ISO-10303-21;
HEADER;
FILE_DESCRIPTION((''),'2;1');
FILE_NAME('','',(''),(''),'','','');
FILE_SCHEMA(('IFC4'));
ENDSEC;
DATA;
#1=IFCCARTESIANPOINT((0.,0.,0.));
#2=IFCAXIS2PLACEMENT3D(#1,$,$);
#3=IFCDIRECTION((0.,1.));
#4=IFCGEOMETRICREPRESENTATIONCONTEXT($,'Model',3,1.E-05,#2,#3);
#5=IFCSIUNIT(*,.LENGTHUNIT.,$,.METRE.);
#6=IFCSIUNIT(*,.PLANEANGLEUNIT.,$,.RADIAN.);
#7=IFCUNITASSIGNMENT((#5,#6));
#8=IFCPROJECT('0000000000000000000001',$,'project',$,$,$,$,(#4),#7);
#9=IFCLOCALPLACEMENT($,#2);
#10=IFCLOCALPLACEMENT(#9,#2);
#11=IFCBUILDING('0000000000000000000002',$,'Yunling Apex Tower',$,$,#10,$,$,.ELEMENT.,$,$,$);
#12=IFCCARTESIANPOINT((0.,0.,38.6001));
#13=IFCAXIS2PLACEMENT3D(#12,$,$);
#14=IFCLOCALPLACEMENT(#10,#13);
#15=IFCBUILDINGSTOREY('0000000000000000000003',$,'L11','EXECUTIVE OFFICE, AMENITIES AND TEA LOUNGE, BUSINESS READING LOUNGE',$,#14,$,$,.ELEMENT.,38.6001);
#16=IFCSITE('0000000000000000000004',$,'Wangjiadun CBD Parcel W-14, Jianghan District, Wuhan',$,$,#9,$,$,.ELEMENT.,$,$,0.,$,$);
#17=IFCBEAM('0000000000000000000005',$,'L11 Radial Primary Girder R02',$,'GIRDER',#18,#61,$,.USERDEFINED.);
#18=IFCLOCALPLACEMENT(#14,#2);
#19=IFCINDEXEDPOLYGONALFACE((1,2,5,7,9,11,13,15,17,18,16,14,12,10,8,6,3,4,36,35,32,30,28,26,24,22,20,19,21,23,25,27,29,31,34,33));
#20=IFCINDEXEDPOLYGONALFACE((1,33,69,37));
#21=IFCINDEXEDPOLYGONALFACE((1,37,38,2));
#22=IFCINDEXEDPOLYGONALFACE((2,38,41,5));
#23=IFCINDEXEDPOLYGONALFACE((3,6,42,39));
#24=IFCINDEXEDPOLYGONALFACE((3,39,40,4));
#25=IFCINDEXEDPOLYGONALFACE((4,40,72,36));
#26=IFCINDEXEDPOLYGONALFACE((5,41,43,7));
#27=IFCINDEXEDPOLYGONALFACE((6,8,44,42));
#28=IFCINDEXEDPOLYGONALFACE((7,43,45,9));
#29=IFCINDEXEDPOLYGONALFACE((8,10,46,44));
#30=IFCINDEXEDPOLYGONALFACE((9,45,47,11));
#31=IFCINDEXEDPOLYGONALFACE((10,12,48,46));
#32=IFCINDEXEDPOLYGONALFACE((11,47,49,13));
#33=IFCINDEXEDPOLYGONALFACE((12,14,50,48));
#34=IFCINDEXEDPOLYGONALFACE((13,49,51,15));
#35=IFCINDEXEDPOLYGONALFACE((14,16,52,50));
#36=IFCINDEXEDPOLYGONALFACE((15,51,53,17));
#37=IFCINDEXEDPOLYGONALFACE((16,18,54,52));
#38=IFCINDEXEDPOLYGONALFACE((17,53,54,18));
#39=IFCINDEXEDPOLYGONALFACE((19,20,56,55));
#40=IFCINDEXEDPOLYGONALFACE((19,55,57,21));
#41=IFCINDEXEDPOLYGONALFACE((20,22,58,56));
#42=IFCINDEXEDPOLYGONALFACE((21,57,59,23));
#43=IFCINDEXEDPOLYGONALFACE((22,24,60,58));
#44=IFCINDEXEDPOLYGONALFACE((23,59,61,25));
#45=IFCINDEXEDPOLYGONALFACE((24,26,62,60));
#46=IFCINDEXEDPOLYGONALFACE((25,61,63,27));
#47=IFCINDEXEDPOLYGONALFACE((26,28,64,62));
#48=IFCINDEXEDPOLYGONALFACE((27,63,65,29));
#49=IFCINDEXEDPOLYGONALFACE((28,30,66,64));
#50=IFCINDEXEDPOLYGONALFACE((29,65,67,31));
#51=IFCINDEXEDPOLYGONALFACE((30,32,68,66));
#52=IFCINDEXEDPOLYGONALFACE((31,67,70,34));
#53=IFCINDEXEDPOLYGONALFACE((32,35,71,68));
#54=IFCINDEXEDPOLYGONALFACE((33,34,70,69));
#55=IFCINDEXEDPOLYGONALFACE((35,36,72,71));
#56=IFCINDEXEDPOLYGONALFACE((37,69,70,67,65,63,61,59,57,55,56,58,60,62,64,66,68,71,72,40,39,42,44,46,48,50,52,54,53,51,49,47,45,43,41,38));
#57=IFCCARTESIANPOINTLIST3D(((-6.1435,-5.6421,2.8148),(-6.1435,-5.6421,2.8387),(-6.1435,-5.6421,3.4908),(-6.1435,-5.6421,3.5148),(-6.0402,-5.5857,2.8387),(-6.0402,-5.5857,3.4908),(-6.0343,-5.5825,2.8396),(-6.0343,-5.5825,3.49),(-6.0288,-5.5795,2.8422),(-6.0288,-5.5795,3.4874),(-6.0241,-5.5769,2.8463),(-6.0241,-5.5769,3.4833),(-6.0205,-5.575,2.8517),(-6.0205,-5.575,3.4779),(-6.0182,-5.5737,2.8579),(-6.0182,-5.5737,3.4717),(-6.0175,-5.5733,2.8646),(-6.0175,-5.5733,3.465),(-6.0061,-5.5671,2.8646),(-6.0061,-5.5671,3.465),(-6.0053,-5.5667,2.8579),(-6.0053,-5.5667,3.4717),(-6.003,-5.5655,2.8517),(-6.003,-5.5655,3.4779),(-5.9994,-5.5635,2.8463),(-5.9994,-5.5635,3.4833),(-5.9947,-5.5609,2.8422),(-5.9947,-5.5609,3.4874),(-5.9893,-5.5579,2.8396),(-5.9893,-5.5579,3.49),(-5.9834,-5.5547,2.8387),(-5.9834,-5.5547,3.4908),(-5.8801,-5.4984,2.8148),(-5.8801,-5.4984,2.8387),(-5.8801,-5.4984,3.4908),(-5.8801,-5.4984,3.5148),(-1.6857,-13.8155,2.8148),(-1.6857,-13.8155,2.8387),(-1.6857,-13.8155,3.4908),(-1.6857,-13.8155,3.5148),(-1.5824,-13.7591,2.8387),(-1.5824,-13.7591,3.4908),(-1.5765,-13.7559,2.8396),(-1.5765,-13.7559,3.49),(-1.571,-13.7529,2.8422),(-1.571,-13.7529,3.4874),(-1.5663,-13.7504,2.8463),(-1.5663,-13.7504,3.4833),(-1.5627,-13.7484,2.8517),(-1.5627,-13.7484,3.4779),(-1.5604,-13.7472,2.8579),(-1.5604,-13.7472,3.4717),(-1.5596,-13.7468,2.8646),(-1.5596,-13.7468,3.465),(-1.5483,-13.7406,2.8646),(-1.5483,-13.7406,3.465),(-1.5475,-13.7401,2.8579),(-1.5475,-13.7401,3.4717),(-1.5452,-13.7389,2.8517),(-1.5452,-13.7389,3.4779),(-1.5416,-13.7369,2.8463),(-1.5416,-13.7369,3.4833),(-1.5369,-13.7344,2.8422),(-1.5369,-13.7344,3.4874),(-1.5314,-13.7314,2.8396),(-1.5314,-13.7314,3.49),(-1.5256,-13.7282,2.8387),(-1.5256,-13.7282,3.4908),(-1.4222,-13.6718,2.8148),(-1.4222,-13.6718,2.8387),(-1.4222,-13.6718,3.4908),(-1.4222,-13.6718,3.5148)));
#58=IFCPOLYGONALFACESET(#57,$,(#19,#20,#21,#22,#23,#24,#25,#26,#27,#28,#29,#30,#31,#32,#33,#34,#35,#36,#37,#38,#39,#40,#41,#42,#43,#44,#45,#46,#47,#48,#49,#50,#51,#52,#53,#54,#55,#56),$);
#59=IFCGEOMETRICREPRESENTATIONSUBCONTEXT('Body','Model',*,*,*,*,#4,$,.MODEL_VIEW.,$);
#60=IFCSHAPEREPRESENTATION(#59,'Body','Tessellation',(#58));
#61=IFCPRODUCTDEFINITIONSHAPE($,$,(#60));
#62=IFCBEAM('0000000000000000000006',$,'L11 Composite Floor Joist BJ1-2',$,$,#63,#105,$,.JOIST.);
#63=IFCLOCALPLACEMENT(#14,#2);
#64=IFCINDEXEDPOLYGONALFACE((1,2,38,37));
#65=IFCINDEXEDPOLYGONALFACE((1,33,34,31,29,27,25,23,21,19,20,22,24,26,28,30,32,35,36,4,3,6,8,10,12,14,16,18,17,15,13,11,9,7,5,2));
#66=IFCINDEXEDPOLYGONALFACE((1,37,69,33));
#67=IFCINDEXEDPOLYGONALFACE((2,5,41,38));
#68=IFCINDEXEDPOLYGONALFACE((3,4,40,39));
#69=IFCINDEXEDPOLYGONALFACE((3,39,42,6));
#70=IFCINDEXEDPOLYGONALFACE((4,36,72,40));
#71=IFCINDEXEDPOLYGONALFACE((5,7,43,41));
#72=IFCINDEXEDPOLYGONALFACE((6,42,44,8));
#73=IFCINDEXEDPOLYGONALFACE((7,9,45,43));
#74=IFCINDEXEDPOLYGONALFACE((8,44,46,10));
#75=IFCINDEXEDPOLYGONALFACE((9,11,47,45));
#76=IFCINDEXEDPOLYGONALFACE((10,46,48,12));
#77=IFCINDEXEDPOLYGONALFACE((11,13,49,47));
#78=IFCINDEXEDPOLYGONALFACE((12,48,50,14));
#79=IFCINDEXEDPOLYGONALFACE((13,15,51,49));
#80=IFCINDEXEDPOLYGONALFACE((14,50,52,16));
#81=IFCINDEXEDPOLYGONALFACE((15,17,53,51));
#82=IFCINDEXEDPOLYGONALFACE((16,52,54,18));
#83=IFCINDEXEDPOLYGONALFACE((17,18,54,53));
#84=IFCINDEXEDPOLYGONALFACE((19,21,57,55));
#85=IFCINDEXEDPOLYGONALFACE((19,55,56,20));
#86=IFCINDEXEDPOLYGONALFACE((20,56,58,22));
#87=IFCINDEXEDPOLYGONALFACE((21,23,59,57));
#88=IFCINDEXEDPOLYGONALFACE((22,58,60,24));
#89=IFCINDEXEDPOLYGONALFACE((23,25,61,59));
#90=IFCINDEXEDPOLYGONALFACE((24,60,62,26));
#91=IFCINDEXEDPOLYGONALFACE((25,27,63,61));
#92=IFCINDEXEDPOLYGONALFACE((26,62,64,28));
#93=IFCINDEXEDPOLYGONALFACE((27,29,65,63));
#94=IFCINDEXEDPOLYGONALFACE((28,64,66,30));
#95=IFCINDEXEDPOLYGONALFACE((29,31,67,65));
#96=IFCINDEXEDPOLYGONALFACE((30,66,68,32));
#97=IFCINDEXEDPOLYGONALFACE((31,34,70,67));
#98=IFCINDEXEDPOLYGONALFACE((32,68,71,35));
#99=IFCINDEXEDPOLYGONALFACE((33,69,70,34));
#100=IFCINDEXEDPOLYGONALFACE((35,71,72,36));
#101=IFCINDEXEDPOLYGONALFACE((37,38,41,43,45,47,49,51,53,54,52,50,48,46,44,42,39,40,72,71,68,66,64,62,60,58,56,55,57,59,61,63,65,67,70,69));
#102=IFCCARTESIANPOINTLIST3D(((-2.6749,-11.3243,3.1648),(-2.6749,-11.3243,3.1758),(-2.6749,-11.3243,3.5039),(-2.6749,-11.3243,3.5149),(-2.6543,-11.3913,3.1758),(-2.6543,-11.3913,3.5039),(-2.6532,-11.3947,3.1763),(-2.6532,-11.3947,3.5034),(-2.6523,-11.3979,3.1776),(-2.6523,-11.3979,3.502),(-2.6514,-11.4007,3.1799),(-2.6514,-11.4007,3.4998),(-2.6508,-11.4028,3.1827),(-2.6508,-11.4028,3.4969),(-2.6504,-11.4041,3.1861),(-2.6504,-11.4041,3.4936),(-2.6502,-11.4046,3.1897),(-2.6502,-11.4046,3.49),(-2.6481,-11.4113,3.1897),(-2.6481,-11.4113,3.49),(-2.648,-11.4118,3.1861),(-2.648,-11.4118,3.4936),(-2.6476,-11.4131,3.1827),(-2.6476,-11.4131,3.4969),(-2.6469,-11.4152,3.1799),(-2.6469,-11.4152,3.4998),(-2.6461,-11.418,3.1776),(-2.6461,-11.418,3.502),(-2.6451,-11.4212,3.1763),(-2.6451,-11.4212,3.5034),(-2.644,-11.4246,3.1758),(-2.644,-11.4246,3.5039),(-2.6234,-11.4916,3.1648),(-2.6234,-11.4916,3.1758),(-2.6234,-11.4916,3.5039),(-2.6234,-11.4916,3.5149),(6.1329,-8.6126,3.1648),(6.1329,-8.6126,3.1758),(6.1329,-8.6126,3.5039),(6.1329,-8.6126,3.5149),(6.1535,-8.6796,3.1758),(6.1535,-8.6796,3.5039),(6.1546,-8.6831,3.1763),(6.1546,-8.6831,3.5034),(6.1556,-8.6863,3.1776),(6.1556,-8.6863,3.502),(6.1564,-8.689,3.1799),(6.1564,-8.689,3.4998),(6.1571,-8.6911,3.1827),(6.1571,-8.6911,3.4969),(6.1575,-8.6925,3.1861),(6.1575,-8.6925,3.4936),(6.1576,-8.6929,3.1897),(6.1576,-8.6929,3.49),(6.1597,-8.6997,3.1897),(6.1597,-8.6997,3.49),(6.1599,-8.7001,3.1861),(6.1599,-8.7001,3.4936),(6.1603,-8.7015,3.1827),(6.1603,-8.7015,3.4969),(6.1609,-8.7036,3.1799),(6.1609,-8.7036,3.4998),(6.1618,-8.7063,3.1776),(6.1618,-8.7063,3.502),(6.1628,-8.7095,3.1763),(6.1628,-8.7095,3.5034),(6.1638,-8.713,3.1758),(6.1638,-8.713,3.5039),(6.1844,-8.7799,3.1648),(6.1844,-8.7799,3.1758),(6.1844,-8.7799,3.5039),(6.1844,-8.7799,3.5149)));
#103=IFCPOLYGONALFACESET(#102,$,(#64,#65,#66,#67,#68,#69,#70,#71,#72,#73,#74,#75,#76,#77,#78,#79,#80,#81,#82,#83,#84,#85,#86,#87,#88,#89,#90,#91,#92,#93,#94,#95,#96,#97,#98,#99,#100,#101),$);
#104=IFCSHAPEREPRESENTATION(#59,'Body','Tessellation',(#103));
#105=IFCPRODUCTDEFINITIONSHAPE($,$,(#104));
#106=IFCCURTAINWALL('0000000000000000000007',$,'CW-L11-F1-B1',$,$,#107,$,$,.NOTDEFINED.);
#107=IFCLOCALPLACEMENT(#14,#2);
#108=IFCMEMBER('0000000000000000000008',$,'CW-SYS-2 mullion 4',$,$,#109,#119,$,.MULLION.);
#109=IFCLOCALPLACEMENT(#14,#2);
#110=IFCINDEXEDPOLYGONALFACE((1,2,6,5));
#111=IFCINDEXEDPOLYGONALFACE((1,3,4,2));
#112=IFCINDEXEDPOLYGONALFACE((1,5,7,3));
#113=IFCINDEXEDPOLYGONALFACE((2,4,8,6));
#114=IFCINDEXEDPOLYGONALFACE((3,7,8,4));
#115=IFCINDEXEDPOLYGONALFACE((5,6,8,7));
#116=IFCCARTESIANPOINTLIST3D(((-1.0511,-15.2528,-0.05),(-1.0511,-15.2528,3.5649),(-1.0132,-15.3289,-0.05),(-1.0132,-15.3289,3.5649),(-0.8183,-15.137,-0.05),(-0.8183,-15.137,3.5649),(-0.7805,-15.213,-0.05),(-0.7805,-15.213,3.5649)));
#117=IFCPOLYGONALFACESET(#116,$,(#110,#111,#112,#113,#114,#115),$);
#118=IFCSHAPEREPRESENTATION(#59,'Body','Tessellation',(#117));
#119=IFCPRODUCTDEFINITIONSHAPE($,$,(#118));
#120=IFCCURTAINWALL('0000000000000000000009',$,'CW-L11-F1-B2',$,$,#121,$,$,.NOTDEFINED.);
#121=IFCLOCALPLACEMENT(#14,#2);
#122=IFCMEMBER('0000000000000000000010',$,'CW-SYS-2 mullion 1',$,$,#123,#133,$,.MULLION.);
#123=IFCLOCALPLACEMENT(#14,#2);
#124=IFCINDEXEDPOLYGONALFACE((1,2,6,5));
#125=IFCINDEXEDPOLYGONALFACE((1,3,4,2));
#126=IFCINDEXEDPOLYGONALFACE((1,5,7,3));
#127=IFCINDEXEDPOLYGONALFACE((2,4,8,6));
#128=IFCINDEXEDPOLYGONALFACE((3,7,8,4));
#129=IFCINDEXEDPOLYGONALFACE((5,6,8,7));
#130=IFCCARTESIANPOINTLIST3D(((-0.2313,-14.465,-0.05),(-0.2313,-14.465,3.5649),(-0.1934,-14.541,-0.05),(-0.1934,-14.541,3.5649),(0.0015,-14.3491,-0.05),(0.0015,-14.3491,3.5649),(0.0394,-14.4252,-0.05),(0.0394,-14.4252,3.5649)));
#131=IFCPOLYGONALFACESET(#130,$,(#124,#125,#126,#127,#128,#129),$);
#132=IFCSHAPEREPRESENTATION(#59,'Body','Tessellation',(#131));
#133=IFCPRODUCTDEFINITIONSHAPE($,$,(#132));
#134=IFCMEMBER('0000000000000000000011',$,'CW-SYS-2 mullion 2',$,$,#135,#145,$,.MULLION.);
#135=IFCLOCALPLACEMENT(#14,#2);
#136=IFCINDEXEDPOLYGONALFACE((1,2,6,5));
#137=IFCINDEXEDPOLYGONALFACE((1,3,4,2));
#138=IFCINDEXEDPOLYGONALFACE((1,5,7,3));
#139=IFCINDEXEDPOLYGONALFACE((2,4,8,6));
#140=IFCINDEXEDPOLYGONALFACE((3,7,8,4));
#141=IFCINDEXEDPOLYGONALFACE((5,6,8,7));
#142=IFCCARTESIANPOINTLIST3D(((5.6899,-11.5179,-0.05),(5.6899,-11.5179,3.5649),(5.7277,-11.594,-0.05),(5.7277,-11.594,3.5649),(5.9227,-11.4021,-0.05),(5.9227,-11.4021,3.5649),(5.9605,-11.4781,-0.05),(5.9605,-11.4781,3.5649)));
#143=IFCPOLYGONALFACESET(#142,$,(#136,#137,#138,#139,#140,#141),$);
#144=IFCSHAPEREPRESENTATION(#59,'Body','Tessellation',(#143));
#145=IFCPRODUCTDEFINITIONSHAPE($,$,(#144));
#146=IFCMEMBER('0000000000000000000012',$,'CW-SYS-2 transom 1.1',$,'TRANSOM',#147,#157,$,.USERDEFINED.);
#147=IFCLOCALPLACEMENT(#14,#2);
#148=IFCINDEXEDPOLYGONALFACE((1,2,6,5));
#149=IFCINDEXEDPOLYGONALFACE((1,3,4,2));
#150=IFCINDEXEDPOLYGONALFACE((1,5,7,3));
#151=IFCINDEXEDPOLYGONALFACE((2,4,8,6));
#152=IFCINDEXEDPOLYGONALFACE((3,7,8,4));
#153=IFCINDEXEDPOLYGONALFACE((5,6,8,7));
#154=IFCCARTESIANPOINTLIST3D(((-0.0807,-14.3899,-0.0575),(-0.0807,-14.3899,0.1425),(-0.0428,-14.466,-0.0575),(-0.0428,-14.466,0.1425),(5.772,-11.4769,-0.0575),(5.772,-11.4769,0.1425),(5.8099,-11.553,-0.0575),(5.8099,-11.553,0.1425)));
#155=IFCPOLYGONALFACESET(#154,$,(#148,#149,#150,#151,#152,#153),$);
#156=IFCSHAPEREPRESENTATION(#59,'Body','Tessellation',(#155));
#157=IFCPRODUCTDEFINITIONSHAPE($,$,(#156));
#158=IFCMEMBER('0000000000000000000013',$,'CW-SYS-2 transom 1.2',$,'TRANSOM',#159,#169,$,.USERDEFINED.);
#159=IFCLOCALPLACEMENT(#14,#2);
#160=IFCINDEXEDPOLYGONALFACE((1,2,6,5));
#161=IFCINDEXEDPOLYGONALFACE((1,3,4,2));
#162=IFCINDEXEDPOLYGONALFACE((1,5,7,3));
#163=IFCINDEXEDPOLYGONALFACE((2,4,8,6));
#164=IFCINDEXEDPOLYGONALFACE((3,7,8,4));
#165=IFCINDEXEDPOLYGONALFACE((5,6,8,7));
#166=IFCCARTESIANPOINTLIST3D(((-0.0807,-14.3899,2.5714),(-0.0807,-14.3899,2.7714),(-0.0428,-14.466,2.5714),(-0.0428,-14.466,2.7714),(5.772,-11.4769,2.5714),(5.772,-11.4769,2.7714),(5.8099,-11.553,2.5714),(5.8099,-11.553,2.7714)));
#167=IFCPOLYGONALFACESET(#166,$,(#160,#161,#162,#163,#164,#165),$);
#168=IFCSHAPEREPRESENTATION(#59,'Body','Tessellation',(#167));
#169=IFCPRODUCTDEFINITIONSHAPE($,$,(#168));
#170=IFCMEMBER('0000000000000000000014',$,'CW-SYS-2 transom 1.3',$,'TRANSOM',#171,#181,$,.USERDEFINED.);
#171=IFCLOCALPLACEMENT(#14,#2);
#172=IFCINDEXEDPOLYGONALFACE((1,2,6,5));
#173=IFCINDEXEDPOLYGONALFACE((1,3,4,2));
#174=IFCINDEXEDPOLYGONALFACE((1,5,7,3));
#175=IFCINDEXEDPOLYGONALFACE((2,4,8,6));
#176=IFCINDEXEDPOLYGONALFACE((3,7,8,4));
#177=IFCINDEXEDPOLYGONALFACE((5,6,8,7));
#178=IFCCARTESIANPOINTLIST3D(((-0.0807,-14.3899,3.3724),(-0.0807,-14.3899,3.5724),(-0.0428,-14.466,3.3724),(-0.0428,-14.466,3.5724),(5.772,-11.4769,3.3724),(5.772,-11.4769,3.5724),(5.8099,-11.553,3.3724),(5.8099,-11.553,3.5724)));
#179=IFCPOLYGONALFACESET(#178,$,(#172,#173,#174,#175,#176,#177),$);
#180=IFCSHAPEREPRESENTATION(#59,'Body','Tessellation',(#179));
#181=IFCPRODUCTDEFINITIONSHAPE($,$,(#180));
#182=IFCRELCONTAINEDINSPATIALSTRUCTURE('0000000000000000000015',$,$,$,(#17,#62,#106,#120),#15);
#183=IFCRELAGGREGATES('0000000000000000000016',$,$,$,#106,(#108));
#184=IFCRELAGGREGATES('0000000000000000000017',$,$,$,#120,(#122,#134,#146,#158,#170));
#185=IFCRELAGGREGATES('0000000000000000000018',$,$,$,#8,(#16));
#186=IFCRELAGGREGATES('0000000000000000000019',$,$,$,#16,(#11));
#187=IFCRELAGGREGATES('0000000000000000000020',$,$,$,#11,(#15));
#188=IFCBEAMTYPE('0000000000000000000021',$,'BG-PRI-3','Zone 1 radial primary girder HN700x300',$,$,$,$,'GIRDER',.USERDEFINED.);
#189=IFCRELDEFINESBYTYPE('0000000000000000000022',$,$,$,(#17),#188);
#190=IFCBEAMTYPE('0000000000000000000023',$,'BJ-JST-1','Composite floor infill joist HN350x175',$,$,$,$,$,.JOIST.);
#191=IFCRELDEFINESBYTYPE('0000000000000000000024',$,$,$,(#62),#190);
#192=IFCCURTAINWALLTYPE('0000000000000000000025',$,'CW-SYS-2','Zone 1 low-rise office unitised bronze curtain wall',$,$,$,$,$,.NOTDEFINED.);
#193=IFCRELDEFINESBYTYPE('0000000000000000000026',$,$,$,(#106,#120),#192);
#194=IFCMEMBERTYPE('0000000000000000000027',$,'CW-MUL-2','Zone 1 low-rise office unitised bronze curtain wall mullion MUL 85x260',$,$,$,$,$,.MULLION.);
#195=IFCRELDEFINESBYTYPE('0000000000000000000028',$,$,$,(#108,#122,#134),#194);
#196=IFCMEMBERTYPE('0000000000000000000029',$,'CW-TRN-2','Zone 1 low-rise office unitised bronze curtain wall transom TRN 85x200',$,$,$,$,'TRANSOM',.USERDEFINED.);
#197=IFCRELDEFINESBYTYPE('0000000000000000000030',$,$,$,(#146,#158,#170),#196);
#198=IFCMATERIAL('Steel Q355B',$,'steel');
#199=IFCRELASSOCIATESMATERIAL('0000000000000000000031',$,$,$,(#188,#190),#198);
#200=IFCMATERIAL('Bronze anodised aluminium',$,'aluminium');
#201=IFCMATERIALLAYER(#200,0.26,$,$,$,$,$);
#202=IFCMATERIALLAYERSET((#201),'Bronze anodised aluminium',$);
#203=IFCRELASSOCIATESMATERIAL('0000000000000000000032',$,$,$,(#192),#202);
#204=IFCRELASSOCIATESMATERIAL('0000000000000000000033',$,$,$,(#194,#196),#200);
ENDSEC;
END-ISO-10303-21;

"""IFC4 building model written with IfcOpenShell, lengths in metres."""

from ifc_helpers import new_model, si_unit, direction, frame, origin, origin_2d, place, context, subcontext, project, spatial, rectangle, i_section, extrude, source, transform, mapped, material, layer, layer_set, material_profile, profile_set, type_object, element, aggregate, save


model = new_model("IFC4")

# Units and contexts
model_context = context("Model", 3, precision=1e-05, world=origin(), true_north=direction((0.0, 1.0)))
body_context = subcontext(model_context, "Body", "Model", "MODEL_VIEW")
ifc_project = project(units=[si_unit("LENGTHUNIT", "METRE"), si_unit("PLANEANGLEUNIT", "RADIAN")], contexts=[model_context])

# Site, building, storey
site_placement = place(None, origin())
site = spatial("IfcSite", under=ifc_project, at=site_placement, Name="Wangjiadun CBD Parcel W-14, Jianghan District, Wuhan", CompositionType="ELEMENT", RefElevation=0.0)
building_placement = place(site_placement, origin())
building = spatial("IfcBuilding", under=site, at=building_placement, Name="Yunling Apex Tower", CompositionType="ELEMENT")
storey_placement = place(building_placement, frame((0.0, 0.0, 38.6001)))
storey = spatial("IfcBuildingStorey", under=building, at=storey_placement, Name="L11", Description="EXECUTIVE OFFICE, AMENITIES AND TEA LOUNGE, BUSINESS READING LOUNGE", CompositionType="ELEMENT", Elevation=38.6001)

# Beams
ifc_material_1 = material(Name="Steel Q355B", Category="steel")
ifc_material_profile_1 = material_profile(ifc_material_1, i_section(OverallWidth=0.3, OverallDepth=0.7, WebThickness=0.0129, FlangeThickness=0.0239, FilletRadius=0.0259, at=origin_2d()))
ifc_profile_set_1 = profile_set([ifc_material_profile_1], Name="Steel Q355B")
beam_type_1 = type_object("IfcBeamType", Name="BG-PRI-3", Description="Zone 1 radial primary girder HN700x300", ElementType="GIRDER", PredefinedType="USERDEFINED", material=ifc_profile_set_1)
shared_shape_1 = source(origin(), body_context, "Body", "SweptSolid", [
    extrude(i_section(OverallWidth=0.3, OverallDepth=0.7, WebThickness=0.0129, FlangeThickness=0.0239, FilletRadius=0.0259, at=origin_2d()), origin(), (0.0, 0.0, 1.0), 9.3101),
])
beam_1_placement = place(storey_placement, frame((-1.554, -13.7437, 3.1648), z_axis=(-0.478817, 0.877915, 0.0), x_axis=(-0.877915, -0.478817, 0.0)))
element("IfcBeam", 1, at=beam_1_placement, inside=storey, type_object=beam_type_1, Name="L11 Radial Primary Girder R02", ObjectType="GIRDER", PredefinedType="USERDEFINED", context=body_context, shape_type="MappedRepresentation", body=[
    mapped(shared_shape_1, transform((0.0, 0.0, 0.0), scale=1.0)),
])
ifc_material_profile_2 = material_profile(ifc_material_1, i_section(OverallWidth=0.175, OverallDepth=0.3501, WebThickness=0.0071, FlangeThickness=0.011, FilletRadius=0.0139, at=origin_2d()))
ifc_profile_set_2 = profile_set([ifc_material_profile_2], Name="Steel Q355B")
beam_type_2 = type_object("IfcBeamType", Name="BJ-JST-1", Description="Composite floor infill joist HN350x175", PredefinedType="JOIST", material=ifc_profile_set_2)
shared_shape_2 = source(origin(), body_context, "Body", "SweptSolid", [
    extrude(i_section(OverallWidth=0.175, OverallDepth=0.3501, WebThickness=0.0071, FlangeThickness=0.011, FilletRadius=0.0139, at=origin_2d()), origin(), (0.0, 0.0, 1.0), 9.2158),
])
beam_2_placement = place(storey_placement, frame((-2.6492, -11.408, 3.3398), z_axis=(0.955731, 0.29424, 0.0), x_axis=(-0.29424, 0.955731, 0.0)))
element("IfcBeam", 2, at=beam_2_placement, inside=storey, type_object=beam_type_2, Name="L11 Composite Floor Joist BJ1-2", PredefinedType="JOIST", context=body_context, shape_type="MappedRepresentation", body=[
    mapped(shared_shape_2, transform((0.0, 0.0, 0.0), scale=1.0)),
])

# Curtain wall, member
ifc_material_2 = material(Name="Bronze anodised aluminium", Category="aluminium")
ifc_layer_1 = layer(ifc_material_2, 0.26)
ifc_layer_set_1 = layer_set([ifc_layer_1], Name="Bronze anodised aluminium")
curtain_wall_type = type_object("IfcCurtainWallType", Name="CW-SYS-2", Description="Zone 1 low-rise office unitised bronze curtain wall", PredefinedType="NOTDEFINED", material=ifc_layer_set_1)
curtain_wall_1_placement = place(storey_placement, origin())
curtain_wall_1 = element("IfcCurtainWall", 3, at=curtain_wall_1_placement, inside=storey, type_object=curtain_wall_type, Name="CW-L11-F1-B1", PredefinedType="NOTDEFINED")
ifc_material_profile_3 = material_profile(ifc_material_2, rectangle(XDim=0.085, YDim=0.26, at=origin_2d()))
ifc_profile_set_3 = profile_set([ifc_material_profile_3], Name="Bronze anodised aluminium")
member_type_1 = type_object("IfcMemberType", Name="CW-MUL-2", Description="Zone 1 low-rise office unitised bronze curtain wall mullion MUL 85x260", PredefinedType="MULLION", material=ifc_profile_set_3)
shared_shape_3 = source(origin(), body_context, "Body", "SweptSolid", [
    extrude(rectangle(XDim=0.085, YDim=0.26, at=origin_2d()), origin(), (0.0, 0.0, 1.0), 3.615),
])
member_1_placement = place(storey_placement, frame((-0.9158, -15.2329, -0.05), z_axis=(0.0, 0.0, 1.0), x_axis=(-0.445571, 0.895247, 0.0)))
member_1 = element("IfcMember", 4, at=member_1_placement, type_object=member_type_1, Name="CW-SYS-2 mullion 4", PredefinedType="MULLION", context=body_context, shape_type="MappedRepresentation", body=[
    mapped(shared_shape_3, transform((0.0, 0.0, 0.0), scale=1.0)),
])

# Curtain wall, members
curtain_wall_2_placement = place(storey_placement, origin())
curtain_wall_2 = element("IfcCurtainWall", 5, at=curtain_wall_2_placement, inside=storey, type_object=curtain_wall_type, Name="CW-L11-F1-B2", PredefinedType="NOTDEFINED")
member_2_placement = place(storey_placement, frame((-0.0959, -14.4451, -0.05), z_axis=(0.0, 0.0, 1.0), x_axis=(-0.445583, 0.895241, 0.0)))
member_2 = element("IfcMember", 6, at=member_2_placement, type_object=member_type_1, Name="CW-SYS-2 mullion 1", PredefinedType="MULLION", context=body_context, shape_type="MappedRepresentation", body=[
    mapped(shared_shape_3, transform((0.0, 0.0, 0.0), scale=1.0)),
])
member_3_placement = place(storey_placement, frame((5.8252, -11.498, -0.05), z_axis=(0.0, 0.0, 1.0), x_axis=(-0.445583, 0.895241, 0.0)))
member_3 = element("IfcMember", 7, at=member_3_placement, type_object=member_type_1, Name="CW-SYS-2 mullion 2", PredefinedType="MULLION", context=body_context, shape_type="MappedRepresentation", body=[
    mapped(shared_shape_3, transform((0.0, 0.0, 0.0), scale=1.0)),
])
ifc_material_profile_4 = material_profile(ifc_material_2, rectangle(XDim=0.085, YDim=0.2, at=origin_2d()))
ifc_profile_set_4 = profile_set([ifc_material_profile_4], Name="Bronze anodised aluminium")
member_type_2 = type_object("IfcMemberType", Name="CW-TRN-2", Description="Zone 1 low-rise office unitised bronze curtain wall transom TRN 85x200", ElementType="TRANSOM", PredefinedType="USERDEFINED", material=ifc_profile_set_4)
shared_shape_4 = source(origin(), body_context, "Body", "SweptSolid", [
    extrude(rectangle(XDim=0.085, YDim=0.2, at=origin_2d()), origin(), (0.0, 0.0, 1.0), 6.5376),
])
member_4_placement = place(storey_placement, frame((-0.0618, -14.428, 0.0425), z_axis=(0.89524, 0.445585, 0.0), x_axis=(-0.445585, 0.89524, 0.0)))
member_4 = element("IfcMember", 8, at=member_4_placement, type_object=member_type_2, Name="CW-SYS-2 transom 1.1", ObjectType="TRANSOM", PredefinedType="USERDEFINED", context=body_context, shape_type="MappedRepresentation", body=[
    mapped(shared_shape_4, transform((0.0, 0.0, 0.0), scale=1.0)),
])
member_5_placement = place(storey_placement, frame((-0.0618, -14.428, 2.6714), z_axis=(0.89524, 0.445585, 0.0), x_axis=(-0.445585, 0.89524, 0.0)))
member_5 = element("IfcMember", 9, at=member_5_placement, type_object=member_type_2, Name="CW-SYS-2 transom 1.2", ObjectType="TRANSOM", PredefinedType="USERDEFINED", context=body_context, shape_type="MappedRepresentation", body=[
    mapped(shared_shape_4, transform((0.0, 0.0, 0.0), scale=1.0)),
])
member_6_placement = place(storey_placement, frame((-0.0618, -14.428, 3.4724), z_axis=(0.89524, 0.445585, 0.0), x_axis=(-0.445585, 0.89524, 0.0)))
member_6 = element("IfcMember", 10, at=member_6_placement, type_object=member_type_2, Name="CW-SYS-2 transom 1.3", ObjectType="TRANSOM", PredefinedType="USERDEFINED", context=body_context, shape_type="MappedRepresentation", body=[
    mapped(shared_shape_4, transform((0.0, 0.0, 0.0), scale=1.0)),
])

aggregate(curtain_wall_1, [member_1])
aggregate(curtain_wall_2, [member_2, member_3, member_4, member_5, member_6])

save(model, "model.ifc")
